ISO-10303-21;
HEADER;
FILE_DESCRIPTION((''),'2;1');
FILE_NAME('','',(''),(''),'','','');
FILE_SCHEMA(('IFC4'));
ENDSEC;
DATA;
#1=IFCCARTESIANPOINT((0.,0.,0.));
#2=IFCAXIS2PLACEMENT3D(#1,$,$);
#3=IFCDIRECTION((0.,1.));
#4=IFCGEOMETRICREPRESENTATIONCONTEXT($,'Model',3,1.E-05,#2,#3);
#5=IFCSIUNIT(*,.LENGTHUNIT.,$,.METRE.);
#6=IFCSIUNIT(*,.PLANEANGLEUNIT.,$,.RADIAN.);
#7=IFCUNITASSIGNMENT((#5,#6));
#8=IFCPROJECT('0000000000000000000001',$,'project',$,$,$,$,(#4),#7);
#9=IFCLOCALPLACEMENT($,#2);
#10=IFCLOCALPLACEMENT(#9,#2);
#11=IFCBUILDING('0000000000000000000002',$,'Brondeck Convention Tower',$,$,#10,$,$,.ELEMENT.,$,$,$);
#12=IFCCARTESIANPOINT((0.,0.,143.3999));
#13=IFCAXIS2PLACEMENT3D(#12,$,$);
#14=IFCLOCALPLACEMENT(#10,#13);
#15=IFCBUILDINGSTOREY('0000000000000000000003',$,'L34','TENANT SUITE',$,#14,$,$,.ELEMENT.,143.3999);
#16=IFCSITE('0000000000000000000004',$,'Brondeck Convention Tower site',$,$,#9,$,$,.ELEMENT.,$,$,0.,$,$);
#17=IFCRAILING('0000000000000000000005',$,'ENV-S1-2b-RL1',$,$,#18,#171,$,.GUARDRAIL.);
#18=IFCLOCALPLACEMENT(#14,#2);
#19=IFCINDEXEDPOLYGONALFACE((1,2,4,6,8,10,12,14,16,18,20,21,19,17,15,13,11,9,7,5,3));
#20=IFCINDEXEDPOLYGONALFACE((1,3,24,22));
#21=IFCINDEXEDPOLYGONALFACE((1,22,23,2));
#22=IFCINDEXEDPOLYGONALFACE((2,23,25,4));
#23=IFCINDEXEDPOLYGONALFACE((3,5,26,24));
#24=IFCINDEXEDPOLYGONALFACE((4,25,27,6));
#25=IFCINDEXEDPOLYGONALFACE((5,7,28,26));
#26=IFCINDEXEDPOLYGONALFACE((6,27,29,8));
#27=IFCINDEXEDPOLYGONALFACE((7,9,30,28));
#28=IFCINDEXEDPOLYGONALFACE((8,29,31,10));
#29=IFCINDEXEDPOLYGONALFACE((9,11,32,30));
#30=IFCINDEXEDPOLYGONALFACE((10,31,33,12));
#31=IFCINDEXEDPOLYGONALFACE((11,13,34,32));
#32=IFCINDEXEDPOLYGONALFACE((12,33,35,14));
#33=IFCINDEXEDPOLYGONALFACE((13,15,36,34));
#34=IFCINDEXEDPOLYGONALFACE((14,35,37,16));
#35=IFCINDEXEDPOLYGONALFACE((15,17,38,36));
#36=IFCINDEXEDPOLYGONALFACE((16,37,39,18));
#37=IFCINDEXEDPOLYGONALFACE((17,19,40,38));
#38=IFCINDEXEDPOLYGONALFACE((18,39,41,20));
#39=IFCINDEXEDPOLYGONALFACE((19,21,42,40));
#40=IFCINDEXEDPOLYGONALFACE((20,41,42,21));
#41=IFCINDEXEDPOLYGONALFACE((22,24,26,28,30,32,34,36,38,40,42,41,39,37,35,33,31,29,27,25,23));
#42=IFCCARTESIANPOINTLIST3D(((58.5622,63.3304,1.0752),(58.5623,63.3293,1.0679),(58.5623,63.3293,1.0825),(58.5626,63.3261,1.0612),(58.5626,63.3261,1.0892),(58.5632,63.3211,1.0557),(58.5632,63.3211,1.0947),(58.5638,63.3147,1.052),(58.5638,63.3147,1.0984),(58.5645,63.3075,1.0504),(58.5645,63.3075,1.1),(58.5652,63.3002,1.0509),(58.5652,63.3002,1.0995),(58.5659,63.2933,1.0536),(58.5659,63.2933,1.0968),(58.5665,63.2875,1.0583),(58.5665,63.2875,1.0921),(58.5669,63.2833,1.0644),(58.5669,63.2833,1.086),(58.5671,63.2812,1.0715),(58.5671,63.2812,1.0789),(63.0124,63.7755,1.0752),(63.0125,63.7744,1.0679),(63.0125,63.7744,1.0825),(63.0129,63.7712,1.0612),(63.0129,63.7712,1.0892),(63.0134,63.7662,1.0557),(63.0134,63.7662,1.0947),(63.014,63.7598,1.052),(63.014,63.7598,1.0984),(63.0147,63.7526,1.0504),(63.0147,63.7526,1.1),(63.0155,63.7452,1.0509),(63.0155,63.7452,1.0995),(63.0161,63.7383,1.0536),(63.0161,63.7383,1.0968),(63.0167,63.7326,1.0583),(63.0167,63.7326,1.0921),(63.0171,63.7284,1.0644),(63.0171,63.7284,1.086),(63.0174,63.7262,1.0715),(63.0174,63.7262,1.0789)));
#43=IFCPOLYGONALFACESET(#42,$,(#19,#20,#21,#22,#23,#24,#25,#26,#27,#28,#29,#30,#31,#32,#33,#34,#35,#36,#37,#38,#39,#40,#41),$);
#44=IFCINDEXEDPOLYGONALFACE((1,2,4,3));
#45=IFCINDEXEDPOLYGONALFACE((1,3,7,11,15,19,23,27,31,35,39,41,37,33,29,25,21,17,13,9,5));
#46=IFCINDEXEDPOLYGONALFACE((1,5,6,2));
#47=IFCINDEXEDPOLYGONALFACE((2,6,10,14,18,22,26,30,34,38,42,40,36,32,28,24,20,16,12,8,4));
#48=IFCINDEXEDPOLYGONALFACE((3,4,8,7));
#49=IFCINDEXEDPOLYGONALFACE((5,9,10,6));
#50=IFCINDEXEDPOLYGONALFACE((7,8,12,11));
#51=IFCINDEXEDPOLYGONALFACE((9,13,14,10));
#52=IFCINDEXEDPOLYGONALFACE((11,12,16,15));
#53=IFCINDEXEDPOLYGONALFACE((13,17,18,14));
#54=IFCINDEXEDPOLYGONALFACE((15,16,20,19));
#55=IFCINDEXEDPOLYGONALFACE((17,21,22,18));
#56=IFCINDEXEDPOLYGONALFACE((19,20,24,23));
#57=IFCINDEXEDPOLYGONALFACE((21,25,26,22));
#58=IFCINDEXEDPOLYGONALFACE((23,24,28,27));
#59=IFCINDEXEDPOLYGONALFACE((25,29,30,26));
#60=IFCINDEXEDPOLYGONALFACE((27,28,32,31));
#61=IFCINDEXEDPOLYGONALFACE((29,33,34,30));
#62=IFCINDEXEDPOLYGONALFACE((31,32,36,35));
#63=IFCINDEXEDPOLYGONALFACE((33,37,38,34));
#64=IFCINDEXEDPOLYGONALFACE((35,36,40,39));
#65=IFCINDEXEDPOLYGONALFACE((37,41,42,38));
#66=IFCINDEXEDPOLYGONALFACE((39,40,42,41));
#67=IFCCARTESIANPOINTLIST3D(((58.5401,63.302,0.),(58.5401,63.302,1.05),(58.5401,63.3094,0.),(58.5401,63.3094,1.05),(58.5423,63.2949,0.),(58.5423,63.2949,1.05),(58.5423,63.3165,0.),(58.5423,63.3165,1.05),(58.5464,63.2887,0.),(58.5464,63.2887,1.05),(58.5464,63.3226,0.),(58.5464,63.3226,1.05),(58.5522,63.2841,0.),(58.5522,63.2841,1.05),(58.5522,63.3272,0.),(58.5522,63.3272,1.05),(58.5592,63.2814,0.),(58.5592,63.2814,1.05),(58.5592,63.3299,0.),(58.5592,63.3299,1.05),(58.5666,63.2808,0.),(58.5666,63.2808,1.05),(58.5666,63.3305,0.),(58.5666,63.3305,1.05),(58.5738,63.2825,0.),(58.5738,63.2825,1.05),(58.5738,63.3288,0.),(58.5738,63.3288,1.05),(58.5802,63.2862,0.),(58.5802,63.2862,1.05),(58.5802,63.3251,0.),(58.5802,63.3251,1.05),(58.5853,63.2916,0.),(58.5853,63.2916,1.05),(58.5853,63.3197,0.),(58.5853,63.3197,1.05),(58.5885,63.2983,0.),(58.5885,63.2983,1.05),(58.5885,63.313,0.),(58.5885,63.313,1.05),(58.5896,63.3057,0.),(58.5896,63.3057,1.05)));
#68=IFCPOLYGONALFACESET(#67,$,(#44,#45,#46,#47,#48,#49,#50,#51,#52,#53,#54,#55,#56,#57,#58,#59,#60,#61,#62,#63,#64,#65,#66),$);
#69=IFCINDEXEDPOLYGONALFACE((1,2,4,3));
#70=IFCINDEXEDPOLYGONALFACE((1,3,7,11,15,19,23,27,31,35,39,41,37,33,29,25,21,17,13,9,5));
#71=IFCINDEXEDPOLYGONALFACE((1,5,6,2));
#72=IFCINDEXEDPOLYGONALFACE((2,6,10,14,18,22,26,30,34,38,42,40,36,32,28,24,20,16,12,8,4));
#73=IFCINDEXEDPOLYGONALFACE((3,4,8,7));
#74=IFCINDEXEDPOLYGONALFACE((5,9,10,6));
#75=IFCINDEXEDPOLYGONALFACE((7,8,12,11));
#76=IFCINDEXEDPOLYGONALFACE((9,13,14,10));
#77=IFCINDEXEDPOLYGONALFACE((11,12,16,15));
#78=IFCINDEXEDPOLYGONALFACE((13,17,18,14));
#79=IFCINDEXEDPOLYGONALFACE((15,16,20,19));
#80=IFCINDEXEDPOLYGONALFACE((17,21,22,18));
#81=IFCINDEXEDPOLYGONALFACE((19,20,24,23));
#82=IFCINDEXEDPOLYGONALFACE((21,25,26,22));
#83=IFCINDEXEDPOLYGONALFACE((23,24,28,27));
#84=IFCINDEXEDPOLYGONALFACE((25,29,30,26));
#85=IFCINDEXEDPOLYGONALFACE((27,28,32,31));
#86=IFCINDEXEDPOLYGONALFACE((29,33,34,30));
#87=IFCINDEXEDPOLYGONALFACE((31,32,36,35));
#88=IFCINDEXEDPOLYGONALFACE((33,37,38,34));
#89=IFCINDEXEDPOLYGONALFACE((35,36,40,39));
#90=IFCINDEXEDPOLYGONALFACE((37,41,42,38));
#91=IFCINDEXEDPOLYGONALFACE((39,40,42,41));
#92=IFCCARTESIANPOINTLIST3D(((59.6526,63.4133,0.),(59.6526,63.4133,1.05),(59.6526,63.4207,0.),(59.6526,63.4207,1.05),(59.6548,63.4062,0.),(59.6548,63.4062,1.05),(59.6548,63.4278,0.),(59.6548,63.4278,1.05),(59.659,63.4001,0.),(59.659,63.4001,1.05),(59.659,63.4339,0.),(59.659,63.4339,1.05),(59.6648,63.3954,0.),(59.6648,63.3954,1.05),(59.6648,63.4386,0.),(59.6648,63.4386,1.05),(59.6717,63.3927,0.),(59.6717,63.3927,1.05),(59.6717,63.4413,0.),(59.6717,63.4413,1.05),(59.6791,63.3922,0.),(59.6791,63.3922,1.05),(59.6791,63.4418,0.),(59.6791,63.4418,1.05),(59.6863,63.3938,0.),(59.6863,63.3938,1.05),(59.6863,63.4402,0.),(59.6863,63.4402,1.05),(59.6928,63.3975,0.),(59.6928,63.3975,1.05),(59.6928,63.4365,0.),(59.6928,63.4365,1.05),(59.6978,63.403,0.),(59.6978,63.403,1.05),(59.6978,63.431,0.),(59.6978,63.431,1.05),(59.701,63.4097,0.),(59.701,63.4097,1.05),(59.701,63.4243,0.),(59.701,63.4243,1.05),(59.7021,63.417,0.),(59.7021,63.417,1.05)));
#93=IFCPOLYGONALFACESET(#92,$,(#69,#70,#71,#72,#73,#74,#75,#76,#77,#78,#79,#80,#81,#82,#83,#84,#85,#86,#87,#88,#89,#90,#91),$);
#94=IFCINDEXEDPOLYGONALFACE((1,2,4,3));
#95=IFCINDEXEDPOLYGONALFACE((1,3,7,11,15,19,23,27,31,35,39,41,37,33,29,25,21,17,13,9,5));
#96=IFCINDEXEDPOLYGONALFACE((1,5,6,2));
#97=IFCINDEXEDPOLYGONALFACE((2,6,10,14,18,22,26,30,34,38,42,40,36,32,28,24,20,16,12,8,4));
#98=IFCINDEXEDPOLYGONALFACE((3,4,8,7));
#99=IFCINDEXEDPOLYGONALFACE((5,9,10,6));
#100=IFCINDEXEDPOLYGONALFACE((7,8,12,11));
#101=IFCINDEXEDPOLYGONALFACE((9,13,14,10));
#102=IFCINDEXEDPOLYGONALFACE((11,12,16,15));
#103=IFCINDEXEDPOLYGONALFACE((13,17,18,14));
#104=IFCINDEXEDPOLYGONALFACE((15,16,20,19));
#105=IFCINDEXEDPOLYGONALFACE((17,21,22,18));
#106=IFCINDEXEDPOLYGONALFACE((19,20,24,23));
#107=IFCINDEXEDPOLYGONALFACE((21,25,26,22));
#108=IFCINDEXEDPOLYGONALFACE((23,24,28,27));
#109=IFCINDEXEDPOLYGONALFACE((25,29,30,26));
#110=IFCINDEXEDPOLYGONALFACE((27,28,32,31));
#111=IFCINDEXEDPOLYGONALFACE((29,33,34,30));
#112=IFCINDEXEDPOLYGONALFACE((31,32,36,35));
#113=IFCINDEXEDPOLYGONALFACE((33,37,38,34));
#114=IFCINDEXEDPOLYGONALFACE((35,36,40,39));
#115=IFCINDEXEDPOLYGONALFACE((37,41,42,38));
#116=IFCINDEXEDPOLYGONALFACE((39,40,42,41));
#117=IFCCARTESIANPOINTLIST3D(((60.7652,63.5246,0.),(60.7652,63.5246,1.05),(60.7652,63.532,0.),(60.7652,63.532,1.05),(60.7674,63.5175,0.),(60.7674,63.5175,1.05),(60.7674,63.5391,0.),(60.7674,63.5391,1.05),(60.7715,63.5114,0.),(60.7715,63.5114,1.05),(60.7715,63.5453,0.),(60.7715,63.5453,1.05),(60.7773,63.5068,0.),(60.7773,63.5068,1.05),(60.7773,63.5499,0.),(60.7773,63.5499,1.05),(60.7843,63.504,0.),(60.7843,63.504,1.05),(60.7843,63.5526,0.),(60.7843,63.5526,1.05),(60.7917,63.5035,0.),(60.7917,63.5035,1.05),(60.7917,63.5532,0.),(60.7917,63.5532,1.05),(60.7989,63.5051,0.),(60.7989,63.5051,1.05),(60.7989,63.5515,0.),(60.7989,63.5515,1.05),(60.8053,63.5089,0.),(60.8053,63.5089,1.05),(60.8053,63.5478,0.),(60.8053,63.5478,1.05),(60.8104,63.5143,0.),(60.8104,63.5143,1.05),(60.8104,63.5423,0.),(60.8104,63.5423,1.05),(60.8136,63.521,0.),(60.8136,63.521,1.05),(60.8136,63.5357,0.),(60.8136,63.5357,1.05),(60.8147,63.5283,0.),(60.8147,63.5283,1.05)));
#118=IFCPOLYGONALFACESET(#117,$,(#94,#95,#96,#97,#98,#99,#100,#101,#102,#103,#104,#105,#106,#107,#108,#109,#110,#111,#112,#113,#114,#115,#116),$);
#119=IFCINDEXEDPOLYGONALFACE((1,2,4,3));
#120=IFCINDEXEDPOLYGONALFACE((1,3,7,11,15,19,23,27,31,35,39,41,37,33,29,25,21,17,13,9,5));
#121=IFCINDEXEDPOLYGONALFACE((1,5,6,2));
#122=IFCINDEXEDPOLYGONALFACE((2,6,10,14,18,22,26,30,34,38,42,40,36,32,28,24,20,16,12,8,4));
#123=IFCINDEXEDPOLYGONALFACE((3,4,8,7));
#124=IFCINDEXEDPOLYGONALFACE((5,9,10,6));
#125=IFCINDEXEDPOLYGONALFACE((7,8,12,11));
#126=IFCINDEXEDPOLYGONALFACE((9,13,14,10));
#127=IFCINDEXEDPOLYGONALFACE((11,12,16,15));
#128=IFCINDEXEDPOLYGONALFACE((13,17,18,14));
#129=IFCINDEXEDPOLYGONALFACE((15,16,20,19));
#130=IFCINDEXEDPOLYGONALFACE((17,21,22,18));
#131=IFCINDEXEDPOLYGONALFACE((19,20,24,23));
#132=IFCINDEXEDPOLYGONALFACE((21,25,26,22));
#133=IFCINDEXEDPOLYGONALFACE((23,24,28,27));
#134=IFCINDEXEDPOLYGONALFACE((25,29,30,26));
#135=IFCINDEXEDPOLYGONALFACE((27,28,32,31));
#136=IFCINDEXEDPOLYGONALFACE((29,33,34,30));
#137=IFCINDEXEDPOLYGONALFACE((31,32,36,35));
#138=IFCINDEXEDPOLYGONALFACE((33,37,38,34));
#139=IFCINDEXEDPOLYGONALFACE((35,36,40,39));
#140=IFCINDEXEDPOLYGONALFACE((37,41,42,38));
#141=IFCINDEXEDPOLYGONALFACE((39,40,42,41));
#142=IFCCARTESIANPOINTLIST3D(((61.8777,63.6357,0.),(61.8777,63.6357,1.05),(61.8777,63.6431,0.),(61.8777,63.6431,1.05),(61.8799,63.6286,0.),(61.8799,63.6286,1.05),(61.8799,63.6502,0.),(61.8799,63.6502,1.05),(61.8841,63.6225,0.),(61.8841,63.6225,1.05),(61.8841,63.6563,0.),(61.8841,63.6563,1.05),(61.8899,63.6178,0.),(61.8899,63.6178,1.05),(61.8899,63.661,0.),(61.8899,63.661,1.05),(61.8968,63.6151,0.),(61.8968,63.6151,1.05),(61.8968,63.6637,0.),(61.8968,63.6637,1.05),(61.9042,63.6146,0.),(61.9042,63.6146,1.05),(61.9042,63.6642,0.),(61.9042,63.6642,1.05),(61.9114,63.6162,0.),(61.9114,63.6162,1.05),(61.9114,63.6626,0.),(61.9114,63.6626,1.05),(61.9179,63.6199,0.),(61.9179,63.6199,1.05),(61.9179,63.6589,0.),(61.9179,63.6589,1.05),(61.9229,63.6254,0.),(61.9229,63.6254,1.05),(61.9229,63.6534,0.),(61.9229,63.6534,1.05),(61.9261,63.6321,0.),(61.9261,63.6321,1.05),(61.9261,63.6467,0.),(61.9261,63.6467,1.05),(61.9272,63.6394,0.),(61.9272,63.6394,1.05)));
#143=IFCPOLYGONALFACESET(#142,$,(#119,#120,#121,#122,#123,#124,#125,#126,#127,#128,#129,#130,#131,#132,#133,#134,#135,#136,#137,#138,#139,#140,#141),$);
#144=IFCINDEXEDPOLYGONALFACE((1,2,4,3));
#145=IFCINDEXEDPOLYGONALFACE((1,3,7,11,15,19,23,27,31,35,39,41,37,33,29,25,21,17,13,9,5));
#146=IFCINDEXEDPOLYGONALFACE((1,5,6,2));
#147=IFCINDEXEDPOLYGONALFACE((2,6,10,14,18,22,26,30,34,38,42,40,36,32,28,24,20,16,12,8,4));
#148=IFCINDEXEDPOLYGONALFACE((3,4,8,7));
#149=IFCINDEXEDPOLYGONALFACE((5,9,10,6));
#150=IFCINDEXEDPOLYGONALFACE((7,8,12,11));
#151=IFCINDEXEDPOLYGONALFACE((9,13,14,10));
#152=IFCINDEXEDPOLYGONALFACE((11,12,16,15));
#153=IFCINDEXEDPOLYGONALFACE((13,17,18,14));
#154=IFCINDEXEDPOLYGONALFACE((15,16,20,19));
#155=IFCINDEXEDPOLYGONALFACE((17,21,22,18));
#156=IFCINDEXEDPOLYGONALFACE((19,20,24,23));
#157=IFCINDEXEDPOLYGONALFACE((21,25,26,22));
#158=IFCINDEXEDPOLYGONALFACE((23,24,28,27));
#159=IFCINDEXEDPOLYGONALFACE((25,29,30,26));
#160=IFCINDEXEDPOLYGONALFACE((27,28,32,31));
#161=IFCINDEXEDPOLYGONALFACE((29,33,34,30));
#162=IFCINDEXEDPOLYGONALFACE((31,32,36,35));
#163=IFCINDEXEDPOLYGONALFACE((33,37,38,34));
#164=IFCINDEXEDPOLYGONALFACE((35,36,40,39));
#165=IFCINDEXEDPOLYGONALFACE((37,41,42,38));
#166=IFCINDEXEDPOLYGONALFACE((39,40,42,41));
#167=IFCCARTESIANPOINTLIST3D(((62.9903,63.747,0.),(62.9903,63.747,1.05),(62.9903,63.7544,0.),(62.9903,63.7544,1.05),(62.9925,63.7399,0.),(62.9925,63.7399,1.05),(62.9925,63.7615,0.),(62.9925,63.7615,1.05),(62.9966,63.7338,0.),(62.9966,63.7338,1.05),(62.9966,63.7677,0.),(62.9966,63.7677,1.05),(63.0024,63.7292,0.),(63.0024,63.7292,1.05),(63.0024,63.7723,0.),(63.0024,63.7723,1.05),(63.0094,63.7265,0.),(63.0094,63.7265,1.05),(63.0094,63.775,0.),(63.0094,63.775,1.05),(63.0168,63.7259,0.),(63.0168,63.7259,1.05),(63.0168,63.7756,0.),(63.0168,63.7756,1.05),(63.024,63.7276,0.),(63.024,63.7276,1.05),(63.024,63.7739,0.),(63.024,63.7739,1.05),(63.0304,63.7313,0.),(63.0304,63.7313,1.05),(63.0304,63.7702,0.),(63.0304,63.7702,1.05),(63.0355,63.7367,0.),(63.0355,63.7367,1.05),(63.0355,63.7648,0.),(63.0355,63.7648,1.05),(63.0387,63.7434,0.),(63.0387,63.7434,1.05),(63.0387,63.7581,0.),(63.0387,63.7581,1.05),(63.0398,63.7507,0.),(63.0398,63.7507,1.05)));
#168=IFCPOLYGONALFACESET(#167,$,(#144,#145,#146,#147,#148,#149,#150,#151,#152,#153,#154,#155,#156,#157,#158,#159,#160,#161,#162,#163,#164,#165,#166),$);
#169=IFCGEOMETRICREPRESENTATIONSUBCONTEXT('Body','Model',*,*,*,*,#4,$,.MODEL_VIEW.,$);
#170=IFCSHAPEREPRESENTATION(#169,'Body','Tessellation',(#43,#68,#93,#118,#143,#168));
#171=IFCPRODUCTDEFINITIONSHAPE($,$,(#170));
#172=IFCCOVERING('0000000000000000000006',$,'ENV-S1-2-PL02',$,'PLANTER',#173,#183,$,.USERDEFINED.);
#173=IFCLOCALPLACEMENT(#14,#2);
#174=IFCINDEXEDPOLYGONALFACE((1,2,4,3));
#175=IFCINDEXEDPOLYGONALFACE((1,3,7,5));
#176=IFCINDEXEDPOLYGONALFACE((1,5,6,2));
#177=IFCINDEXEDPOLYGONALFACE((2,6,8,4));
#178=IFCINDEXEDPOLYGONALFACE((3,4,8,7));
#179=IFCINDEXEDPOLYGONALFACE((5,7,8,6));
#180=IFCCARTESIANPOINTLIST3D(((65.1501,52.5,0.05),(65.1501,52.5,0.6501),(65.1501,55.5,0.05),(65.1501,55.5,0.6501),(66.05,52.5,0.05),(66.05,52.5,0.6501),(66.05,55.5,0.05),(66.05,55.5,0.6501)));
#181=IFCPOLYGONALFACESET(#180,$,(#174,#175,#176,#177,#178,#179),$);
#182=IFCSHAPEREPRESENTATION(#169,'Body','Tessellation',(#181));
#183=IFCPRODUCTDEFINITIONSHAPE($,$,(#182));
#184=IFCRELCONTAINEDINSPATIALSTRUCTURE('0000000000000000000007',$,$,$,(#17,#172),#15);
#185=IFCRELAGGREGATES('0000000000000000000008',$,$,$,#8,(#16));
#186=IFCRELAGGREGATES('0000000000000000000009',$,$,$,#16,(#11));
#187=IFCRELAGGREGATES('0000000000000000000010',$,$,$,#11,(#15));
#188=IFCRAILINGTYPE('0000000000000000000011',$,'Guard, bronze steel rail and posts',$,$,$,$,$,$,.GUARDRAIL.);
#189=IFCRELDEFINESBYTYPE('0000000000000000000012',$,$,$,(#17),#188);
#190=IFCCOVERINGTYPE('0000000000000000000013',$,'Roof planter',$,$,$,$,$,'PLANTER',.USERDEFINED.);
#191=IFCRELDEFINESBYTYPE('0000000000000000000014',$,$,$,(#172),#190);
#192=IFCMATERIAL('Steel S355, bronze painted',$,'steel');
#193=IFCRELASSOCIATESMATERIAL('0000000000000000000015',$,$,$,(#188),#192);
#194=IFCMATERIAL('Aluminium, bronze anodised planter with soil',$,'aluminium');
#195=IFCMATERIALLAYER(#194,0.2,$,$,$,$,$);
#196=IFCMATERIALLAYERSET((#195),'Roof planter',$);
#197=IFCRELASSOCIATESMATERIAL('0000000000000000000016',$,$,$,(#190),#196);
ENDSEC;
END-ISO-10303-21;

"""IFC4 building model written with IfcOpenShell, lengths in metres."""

from ifc_helpers import new_model, si_unit, direction, frame, origin, origin_2d, place, context, subcontext, project, spatial, rectangle, circle, extrude, material, layer, layer_set, type_object, element, save


model = new_model("IFC4")

# Units and contexts
model_context = context("Model", 3, precision=1e-05, world=origin(), true_north=direction((0.0, 1.0)))
body_context = subcontext(model_context, "Body", "Model", "MODEL_VIEW")
ifc_project = project(units=[si_unit("LENGTHUNIT", "METRE"), si_unit("PLANEANGLEUNIT", "RADIAN")], contexts=[model_context])

# Site, building, storey
site_placement = place(None, origin())
site = spatial("IfcSite", under=ifc_project, at=site_placement, Name="Brondeck Convention Tower site", CompositionType="ELEMENT", RefElevation=0.0)
building_placement = place(site_placement, origin())
building = spatial("IfcBuilding", under=site, at=building_placement, Name="Brondeck Convention Tower", CompositionType="ELEMENT")
storey_placement = place(building_placement, frame((0.0, 0.0, 143.3999)))
storey = spatial("IfcBuildingStorey", under=building, at=storey_placement, Name="L34", Description="TENANT SUITE", CompositionType="ELEMENT", Elevation=143.3999)

# Railing
ifc_material_1 = material(Name="Steel S355, bronze painted", Category="steel")
railing_type = type_object("IfcRailingType", Name="Guard, bronze steel rail and posts", PredefinedType="GUARDRAIL", material=ifc_material_1)
railing_1_placement = place(storey_placement, frame((58.5647, 63.3057, 0.0)))
element("IfcRailing", 1, at=railing_1_placement, inside=storey, type_object=railing_type, Name="ENV-S1-2b-RL1", PredefinedType="GUARDRAIL", context=body_context, shape_type="SweptSolid", body=[
    extrude(circle(Radius=0.0249, at=origin_2d()), frame((0.0, 0.0, 1.0752), z_axis=(0.995036, 0.099515, 0.0), x_axis=(-0.099515, 0.995036, 0.0)), (0.0, 0.0, 1.0), 4.4724),
    extrude(circle(Radius=0.0249, at=origin_2d()), origin(), (0.0, 0.0, 1.0), 1.05),
    extrude(circle(Radius=0.0249, at=origin_2d()), frame((1.1125, 0.1113, 0.0)), (0.0, 0.0, 1.0), 1.05),
    extrude(circle(Radius=0.0249, at=origin_2d()), frame((2.2251, 0.2227, 0.0)), (0.0, 0.0, 1.0), 1.05),
    extrude(circle(Radius=0.0249, at=origin_2d()), frame((3.3376, 0.3337, 0.0)), (0.0, 0.0, 1.0), 1.05),
    extrude(circle(Radius=0.0249, at=origin_2d()), frame((4.4502, 0.4451, 0.0)), (0.0, 0.0, 1.0), 1.05),
])

# Covering
ifc_material_2 = material(Name="Aluminium, bronze anodised planter with soil", Category="aluminium")
ifc_layer_1 = layer(ifc_material_2, 0.2)
ifc_layer_set_1 = layer_set([ifc_layer_1], Name="Roof planter")
covering_type = type_object("IfcCoveringType", Name="Roof planter", ElementType="PLANTER", PredefinedType="USERDEFINED", material=ifc_layer_set_1)
covering_placement = place(storey_placement, frame((65.6001, 54.0, 0.05), z_axis=(0.0, 0.0, 1.0), x_axis=(0.0, 1.0, 0.0)))
element("IfcCovering", 2, at=covering_placement, inside=storey, type_object=covering_type, Name="ENV-S1-2-PL02", ObjectType="PLANTER", PredefinedType="USERDEFINED", context=body_context, shape_type="SweptSolid", body=[
    extrude(rectangle(XDim=3.0, YDim=0.8999, at=origin_2d()), origin(), (0.0, 0.0, 1.0), 0.6001),
])

save(model, "model.ifc")
